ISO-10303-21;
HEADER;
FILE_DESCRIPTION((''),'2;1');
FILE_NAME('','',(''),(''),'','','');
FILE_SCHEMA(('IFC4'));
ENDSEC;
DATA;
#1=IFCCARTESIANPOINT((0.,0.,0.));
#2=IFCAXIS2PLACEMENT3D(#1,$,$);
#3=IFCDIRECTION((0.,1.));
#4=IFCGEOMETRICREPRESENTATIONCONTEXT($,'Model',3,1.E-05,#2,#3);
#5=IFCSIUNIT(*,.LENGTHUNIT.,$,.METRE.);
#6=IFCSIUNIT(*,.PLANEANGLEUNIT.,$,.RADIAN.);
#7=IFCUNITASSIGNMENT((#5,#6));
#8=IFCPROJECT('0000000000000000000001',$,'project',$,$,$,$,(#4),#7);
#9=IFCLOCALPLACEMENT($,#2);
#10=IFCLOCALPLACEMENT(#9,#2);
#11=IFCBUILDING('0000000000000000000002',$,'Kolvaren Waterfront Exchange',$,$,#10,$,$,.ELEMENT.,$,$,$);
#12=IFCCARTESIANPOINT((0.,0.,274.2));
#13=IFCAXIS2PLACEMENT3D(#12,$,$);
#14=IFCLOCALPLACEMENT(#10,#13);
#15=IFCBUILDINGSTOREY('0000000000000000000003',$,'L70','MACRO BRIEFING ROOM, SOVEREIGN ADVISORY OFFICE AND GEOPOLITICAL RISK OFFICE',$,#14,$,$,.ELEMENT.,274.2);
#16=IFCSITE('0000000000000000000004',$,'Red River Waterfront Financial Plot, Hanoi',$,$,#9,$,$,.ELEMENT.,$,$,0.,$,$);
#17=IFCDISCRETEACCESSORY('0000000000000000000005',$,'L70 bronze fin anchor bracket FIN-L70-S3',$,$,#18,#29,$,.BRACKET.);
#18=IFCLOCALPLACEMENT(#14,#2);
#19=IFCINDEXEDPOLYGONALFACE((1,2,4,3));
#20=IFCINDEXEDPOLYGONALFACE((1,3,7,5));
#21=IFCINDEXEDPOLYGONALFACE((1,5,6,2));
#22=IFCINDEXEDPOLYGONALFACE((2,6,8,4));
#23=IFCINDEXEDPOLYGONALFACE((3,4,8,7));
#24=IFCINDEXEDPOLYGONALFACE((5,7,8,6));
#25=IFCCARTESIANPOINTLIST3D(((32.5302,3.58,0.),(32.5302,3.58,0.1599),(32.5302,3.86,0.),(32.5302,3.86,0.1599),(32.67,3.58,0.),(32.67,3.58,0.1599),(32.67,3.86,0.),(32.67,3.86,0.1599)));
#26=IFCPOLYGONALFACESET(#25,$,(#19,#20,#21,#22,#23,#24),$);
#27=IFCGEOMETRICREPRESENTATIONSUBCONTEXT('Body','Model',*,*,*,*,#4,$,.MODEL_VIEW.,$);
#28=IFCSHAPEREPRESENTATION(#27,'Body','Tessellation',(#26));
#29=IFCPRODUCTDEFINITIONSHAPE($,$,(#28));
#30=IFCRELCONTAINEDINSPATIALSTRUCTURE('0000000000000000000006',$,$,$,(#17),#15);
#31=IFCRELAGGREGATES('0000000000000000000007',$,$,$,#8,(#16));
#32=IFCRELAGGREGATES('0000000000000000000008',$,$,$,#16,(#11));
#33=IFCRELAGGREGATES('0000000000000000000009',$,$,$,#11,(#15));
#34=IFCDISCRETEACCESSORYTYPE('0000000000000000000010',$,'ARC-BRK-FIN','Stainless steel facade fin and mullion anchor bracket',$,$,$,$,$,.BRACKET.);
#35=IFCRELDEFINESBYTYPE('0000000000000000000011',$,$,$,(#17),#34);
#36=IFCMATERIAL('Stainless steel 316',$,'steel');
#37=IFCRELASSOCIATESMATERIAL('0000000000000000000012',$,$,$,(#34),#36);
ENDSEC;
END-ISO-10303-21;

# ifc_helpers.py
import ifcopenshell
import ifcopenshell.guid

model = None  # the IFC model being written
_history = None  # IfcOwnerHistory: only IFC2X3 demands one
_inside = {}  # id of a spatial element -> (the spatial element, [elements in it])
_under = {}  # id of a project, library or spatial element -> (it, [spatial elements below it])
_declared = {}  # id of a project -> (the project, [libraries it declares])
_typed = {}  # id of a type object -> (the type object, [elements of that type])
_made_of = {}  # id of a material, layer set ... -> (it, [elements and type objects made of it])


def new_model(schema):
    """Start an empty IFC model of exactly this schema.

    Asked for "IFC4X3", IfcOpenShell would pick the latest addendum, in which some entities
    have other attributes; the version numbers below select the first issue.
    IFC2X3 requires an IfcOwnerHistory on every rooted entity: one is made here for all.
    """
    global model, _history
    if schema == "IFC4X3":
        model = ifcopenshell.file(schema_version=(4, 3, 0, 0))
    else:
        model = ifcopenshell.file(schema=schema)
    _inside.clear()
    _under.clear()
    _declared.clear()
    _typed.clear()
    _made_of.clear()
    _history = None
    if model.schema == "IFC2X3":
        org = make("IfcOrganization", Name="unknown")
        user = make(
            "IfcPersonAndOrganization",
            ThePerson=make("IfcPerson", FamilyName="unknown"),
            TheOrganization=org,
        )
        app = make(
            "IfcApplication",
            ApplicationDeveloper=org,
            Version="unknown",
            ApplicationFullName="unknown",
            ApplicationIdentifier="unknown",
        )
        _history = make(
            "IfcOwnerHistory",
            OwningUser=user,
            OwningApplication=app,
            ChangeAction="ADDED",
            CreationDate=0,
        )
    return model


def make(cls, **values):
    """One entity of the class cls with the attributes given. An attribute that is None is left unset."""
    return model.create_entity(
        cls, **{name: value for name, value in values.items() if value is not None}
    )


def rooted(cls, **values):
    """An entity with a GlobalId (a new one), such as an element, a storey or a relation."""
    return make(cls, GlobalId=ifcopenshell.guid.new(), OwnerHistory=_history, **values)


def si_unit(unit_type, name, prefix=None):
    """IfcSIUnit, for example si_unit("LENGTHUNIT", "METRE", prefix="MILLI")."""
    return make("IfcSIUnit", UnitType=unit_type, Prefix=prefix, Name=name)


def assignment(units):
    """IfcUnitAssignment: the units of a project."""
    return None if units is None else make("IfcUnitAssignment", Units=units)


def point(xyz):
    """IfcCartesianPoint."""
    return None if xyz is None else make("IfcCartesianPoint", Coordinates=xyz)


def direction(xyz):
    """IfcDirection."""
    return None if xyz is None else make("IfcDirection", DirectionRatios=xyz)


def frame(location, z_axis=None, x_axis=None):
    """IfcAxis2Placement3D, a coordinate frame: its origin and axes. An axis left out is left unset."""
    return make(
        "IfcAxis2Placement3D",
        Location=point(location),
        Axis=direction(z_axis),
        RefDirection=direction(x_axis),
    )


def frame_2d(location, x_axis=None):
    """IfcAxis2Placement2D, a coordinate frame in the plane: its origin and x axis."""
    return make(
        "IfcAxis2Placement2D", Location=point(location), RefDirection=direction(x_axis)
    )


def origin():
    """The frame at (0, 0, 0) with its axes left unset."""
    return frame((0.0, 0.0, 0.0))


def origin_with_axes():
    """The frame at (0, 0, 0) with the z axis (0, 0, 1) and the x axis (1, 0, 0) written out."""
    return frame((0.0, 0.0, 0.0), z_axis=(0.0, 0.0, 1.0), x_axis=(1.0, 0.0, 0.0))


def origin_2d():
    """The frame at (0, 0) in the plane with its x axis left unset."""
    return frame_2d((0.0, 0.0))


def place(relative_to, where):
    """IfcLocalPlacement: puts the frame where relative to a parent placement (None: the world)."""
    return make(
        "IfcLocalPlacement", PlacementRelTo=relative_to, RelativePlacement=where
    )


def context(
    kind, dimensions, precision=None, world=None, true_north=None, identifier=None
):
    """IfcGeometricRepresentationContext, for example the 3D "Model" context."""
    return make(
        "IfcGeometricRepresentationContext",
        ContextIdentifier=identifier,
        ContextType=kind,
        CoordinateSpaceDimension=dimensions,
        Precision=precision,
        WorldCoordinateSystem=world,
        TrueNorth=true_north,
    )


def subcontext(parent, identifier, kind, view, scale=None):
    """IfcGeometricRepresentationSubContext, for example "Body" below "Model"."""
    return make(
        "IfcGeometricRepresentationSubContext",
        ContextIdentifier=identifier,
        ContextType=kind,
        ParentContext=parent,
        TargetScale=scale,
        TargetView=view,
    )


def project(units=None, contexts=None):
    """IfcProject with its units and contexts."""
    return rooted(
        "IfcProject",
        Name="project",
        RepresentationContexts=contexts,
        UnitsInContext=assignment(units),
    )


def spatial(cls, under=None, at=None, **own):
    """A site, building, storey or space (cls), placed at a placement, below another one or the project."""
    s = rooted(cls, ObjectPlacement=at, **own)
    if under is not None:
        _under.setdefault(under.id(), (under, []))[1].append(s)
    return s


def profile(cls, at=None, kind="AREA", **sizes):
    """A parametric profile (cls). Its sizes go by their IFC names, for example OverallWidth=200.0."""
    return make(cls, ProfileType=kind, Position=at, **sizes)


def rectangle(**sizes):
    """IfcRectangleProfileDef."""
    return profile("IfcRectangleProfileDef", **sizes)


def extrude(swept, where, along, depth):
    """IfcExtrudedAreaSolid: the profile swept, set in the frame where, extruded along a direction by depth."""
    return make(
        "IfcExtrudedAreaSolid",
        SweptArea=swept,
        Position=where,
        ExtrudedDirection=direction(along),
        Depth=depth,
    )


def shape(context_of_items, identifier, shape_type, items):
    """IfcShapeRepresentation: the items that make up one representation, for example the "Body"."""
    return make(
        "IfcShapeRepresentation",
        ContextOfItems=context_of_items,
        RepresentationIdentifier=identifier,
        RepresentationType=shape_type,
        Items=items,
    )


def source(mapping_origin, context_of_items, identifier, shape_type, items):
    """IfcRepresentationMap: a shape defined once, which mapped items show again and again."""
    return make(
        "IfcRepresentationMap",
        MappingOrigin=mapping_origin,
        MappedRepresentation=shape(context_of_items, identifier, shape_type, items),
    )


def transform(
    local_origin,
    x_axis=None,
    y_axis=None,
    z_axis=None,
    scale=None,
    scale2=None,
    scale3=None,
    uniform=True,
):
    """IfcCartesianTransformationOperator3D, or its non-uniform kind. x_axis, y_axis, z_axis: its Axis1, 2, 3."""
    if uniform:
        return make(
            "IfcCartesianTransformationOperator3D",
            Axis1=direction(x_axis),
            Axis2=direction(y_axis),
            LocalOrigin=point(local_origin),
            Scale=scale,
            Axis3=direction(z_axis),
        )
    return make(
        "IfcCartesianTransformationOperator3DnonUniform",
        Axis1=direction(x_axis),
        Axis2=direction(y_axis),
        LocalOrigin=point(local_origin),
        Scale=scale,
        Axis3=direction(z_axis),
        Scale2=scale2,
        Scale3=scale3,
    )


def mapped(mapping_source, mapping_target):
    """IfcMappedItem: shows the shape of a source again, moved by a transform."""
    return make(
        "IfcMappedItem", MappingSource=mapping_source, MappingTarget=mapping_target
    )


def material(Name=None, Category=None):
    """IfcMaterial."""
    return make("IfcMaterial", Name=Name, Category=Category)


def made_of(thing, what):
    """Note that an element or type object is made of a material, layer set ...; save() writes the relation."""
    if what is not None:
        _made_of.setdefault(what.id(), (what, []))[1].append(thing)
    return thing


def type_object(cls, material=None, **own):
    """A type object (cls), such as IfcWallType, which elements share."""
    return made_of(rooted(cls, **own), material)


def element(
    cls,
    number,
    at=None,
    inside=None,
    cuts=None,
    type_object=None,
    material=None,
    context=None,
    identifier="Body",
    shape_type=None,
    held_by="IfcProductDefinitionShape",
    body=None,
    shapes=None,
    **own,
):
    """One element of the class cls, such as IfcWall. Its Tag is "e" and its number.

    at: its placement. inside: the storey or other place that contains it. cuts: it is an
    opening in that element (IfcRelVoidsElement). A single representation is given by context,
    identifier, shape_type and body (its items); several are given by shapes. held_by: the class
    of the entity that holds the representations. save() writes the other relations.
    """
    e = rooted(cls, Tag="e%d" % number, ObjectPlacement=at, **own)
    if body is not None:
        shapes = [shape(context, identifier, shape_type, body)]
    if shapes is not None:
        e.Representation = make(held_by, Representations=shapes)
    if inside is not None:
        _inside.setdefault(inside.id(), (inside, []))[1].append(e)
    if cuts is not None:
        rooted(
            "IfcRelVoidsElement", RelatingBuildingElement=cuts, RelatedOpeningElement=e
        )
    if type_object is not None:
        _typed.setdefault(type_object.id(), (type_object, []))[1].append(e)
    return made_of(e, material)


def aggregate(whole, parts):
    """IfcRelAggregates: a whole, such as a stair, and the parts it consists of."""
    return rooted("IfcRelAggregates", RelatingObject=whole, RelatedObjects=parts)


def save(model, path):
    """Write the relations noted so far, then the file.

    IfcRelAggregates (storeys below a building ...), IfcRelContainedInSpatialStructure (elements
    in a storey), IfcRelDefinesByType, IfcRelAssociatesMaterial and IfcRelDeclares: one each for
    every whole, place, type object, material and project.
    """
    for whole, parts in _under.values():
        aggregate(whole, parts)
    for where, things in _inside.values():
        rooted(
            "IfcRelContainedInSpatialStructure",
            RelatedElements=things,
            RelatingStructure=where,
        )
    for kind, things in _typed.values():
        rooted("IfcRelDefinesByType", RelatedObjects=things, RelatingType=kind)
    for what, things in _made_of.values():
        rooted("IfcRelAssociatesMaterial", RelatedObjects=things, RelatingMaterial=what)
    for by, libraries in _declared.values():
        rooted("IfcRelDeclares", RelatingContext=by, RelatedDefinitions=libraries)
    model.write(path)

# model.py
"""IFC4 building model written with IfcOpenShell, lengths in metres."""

from ifc_helpers import new_model, si_unit, direction, frame, origin, origin_with_axes, origin_2d, place, context, subcontext, project, spatial, rectangle, extrude, source, transform, mapped, material, type_object, element, save


model = new_model("IFC4")

# Units and contexts
model_context = context("Model", 3, precision=1e-05, world=origin(), true_north=direction((0.0, 1.0)))
body_context = subcontext(model_context, "Body", "Model", "MODEL_VIEW")
ifc_project = project(units=[si_unit("LENGTHUNIT", "METRE"), si_unit("PLANEANGLEUNIT", "RADIAN")], contexts=[model_context])

# Site, building, storey
site_placement = place(None, origin())
site = spatial("IfcSite", under=ifc_project, at=site_placement, Name="Red River Waterfront Financial Plot, Hanoi", CompositionType="ELEMENT", RefElevation=0.0)
building_placement = place(site_placement, origin())
building = spatial("IfcBuilding", under=site, at=building_placement, Name="Kolvaren Waterfront Exchange", CompositionType="ELEMENT")
storey_placement = place(building_placement, frame((0.0, 0.0, 274.2)))
storey = spatial("IfcBuildingStorey", under=building, at=storey_placement, Name="L70", Description="MACRO BRIEFING ROOM, SOVEREIGN ADVISORY OFFICE AND GEOPOLITICAL RISK OFFICE", CompositionType="ELEMENT", Elevation=274.2)

# Discrete accessory
ifc_material_1 = material(Name="Stainless steel 316", Category="steel")
discrete_accessory_type = type_object("IfcDiscreteAccessoryType", Name="ARC-BRK-FIN", Description="Stainless steel facade fin and mullion anchor bracket", PredefinedType="BRACKET", material=ifc_material_1)
shared_shape_1 = source(origin_with_axes(), body_context, "Body", "SweptSolid", [
    extrude(rectangle(XDim=0.28, YDim=0.1399, at=origin_2d()), origin(), (0.0, 0.0, 1.0), 0.1599),
])
discrete_accessory_placement = place(storey_placement, frame((32.6001, 3.72, 0.0), z_axis=(0.0, 0.0, 1.0), x_axis=(0.0, -1.0, 0.0)))
element("IfcDiscreteAccessory", 1, at=discrete_accessory_placement, inside=storey, type_object=discrete_accessory_type, Name="L70 bronze fin anchor bracket FIN-L70-S3", PredefinedType="BRACKET", context=body_context, shape_type="MappedRepresentation", body=[
    mapped(shared_shape_1, transform((0.0, 0.0, 0.0), x_axis=(1.0, 0.0, 0.0), y_axis=(0.0, 1.0, 0.0), z_axis=(0.0, 0.0, 1.0), scale=1.0)),
])

save(model, "model.ifc")
